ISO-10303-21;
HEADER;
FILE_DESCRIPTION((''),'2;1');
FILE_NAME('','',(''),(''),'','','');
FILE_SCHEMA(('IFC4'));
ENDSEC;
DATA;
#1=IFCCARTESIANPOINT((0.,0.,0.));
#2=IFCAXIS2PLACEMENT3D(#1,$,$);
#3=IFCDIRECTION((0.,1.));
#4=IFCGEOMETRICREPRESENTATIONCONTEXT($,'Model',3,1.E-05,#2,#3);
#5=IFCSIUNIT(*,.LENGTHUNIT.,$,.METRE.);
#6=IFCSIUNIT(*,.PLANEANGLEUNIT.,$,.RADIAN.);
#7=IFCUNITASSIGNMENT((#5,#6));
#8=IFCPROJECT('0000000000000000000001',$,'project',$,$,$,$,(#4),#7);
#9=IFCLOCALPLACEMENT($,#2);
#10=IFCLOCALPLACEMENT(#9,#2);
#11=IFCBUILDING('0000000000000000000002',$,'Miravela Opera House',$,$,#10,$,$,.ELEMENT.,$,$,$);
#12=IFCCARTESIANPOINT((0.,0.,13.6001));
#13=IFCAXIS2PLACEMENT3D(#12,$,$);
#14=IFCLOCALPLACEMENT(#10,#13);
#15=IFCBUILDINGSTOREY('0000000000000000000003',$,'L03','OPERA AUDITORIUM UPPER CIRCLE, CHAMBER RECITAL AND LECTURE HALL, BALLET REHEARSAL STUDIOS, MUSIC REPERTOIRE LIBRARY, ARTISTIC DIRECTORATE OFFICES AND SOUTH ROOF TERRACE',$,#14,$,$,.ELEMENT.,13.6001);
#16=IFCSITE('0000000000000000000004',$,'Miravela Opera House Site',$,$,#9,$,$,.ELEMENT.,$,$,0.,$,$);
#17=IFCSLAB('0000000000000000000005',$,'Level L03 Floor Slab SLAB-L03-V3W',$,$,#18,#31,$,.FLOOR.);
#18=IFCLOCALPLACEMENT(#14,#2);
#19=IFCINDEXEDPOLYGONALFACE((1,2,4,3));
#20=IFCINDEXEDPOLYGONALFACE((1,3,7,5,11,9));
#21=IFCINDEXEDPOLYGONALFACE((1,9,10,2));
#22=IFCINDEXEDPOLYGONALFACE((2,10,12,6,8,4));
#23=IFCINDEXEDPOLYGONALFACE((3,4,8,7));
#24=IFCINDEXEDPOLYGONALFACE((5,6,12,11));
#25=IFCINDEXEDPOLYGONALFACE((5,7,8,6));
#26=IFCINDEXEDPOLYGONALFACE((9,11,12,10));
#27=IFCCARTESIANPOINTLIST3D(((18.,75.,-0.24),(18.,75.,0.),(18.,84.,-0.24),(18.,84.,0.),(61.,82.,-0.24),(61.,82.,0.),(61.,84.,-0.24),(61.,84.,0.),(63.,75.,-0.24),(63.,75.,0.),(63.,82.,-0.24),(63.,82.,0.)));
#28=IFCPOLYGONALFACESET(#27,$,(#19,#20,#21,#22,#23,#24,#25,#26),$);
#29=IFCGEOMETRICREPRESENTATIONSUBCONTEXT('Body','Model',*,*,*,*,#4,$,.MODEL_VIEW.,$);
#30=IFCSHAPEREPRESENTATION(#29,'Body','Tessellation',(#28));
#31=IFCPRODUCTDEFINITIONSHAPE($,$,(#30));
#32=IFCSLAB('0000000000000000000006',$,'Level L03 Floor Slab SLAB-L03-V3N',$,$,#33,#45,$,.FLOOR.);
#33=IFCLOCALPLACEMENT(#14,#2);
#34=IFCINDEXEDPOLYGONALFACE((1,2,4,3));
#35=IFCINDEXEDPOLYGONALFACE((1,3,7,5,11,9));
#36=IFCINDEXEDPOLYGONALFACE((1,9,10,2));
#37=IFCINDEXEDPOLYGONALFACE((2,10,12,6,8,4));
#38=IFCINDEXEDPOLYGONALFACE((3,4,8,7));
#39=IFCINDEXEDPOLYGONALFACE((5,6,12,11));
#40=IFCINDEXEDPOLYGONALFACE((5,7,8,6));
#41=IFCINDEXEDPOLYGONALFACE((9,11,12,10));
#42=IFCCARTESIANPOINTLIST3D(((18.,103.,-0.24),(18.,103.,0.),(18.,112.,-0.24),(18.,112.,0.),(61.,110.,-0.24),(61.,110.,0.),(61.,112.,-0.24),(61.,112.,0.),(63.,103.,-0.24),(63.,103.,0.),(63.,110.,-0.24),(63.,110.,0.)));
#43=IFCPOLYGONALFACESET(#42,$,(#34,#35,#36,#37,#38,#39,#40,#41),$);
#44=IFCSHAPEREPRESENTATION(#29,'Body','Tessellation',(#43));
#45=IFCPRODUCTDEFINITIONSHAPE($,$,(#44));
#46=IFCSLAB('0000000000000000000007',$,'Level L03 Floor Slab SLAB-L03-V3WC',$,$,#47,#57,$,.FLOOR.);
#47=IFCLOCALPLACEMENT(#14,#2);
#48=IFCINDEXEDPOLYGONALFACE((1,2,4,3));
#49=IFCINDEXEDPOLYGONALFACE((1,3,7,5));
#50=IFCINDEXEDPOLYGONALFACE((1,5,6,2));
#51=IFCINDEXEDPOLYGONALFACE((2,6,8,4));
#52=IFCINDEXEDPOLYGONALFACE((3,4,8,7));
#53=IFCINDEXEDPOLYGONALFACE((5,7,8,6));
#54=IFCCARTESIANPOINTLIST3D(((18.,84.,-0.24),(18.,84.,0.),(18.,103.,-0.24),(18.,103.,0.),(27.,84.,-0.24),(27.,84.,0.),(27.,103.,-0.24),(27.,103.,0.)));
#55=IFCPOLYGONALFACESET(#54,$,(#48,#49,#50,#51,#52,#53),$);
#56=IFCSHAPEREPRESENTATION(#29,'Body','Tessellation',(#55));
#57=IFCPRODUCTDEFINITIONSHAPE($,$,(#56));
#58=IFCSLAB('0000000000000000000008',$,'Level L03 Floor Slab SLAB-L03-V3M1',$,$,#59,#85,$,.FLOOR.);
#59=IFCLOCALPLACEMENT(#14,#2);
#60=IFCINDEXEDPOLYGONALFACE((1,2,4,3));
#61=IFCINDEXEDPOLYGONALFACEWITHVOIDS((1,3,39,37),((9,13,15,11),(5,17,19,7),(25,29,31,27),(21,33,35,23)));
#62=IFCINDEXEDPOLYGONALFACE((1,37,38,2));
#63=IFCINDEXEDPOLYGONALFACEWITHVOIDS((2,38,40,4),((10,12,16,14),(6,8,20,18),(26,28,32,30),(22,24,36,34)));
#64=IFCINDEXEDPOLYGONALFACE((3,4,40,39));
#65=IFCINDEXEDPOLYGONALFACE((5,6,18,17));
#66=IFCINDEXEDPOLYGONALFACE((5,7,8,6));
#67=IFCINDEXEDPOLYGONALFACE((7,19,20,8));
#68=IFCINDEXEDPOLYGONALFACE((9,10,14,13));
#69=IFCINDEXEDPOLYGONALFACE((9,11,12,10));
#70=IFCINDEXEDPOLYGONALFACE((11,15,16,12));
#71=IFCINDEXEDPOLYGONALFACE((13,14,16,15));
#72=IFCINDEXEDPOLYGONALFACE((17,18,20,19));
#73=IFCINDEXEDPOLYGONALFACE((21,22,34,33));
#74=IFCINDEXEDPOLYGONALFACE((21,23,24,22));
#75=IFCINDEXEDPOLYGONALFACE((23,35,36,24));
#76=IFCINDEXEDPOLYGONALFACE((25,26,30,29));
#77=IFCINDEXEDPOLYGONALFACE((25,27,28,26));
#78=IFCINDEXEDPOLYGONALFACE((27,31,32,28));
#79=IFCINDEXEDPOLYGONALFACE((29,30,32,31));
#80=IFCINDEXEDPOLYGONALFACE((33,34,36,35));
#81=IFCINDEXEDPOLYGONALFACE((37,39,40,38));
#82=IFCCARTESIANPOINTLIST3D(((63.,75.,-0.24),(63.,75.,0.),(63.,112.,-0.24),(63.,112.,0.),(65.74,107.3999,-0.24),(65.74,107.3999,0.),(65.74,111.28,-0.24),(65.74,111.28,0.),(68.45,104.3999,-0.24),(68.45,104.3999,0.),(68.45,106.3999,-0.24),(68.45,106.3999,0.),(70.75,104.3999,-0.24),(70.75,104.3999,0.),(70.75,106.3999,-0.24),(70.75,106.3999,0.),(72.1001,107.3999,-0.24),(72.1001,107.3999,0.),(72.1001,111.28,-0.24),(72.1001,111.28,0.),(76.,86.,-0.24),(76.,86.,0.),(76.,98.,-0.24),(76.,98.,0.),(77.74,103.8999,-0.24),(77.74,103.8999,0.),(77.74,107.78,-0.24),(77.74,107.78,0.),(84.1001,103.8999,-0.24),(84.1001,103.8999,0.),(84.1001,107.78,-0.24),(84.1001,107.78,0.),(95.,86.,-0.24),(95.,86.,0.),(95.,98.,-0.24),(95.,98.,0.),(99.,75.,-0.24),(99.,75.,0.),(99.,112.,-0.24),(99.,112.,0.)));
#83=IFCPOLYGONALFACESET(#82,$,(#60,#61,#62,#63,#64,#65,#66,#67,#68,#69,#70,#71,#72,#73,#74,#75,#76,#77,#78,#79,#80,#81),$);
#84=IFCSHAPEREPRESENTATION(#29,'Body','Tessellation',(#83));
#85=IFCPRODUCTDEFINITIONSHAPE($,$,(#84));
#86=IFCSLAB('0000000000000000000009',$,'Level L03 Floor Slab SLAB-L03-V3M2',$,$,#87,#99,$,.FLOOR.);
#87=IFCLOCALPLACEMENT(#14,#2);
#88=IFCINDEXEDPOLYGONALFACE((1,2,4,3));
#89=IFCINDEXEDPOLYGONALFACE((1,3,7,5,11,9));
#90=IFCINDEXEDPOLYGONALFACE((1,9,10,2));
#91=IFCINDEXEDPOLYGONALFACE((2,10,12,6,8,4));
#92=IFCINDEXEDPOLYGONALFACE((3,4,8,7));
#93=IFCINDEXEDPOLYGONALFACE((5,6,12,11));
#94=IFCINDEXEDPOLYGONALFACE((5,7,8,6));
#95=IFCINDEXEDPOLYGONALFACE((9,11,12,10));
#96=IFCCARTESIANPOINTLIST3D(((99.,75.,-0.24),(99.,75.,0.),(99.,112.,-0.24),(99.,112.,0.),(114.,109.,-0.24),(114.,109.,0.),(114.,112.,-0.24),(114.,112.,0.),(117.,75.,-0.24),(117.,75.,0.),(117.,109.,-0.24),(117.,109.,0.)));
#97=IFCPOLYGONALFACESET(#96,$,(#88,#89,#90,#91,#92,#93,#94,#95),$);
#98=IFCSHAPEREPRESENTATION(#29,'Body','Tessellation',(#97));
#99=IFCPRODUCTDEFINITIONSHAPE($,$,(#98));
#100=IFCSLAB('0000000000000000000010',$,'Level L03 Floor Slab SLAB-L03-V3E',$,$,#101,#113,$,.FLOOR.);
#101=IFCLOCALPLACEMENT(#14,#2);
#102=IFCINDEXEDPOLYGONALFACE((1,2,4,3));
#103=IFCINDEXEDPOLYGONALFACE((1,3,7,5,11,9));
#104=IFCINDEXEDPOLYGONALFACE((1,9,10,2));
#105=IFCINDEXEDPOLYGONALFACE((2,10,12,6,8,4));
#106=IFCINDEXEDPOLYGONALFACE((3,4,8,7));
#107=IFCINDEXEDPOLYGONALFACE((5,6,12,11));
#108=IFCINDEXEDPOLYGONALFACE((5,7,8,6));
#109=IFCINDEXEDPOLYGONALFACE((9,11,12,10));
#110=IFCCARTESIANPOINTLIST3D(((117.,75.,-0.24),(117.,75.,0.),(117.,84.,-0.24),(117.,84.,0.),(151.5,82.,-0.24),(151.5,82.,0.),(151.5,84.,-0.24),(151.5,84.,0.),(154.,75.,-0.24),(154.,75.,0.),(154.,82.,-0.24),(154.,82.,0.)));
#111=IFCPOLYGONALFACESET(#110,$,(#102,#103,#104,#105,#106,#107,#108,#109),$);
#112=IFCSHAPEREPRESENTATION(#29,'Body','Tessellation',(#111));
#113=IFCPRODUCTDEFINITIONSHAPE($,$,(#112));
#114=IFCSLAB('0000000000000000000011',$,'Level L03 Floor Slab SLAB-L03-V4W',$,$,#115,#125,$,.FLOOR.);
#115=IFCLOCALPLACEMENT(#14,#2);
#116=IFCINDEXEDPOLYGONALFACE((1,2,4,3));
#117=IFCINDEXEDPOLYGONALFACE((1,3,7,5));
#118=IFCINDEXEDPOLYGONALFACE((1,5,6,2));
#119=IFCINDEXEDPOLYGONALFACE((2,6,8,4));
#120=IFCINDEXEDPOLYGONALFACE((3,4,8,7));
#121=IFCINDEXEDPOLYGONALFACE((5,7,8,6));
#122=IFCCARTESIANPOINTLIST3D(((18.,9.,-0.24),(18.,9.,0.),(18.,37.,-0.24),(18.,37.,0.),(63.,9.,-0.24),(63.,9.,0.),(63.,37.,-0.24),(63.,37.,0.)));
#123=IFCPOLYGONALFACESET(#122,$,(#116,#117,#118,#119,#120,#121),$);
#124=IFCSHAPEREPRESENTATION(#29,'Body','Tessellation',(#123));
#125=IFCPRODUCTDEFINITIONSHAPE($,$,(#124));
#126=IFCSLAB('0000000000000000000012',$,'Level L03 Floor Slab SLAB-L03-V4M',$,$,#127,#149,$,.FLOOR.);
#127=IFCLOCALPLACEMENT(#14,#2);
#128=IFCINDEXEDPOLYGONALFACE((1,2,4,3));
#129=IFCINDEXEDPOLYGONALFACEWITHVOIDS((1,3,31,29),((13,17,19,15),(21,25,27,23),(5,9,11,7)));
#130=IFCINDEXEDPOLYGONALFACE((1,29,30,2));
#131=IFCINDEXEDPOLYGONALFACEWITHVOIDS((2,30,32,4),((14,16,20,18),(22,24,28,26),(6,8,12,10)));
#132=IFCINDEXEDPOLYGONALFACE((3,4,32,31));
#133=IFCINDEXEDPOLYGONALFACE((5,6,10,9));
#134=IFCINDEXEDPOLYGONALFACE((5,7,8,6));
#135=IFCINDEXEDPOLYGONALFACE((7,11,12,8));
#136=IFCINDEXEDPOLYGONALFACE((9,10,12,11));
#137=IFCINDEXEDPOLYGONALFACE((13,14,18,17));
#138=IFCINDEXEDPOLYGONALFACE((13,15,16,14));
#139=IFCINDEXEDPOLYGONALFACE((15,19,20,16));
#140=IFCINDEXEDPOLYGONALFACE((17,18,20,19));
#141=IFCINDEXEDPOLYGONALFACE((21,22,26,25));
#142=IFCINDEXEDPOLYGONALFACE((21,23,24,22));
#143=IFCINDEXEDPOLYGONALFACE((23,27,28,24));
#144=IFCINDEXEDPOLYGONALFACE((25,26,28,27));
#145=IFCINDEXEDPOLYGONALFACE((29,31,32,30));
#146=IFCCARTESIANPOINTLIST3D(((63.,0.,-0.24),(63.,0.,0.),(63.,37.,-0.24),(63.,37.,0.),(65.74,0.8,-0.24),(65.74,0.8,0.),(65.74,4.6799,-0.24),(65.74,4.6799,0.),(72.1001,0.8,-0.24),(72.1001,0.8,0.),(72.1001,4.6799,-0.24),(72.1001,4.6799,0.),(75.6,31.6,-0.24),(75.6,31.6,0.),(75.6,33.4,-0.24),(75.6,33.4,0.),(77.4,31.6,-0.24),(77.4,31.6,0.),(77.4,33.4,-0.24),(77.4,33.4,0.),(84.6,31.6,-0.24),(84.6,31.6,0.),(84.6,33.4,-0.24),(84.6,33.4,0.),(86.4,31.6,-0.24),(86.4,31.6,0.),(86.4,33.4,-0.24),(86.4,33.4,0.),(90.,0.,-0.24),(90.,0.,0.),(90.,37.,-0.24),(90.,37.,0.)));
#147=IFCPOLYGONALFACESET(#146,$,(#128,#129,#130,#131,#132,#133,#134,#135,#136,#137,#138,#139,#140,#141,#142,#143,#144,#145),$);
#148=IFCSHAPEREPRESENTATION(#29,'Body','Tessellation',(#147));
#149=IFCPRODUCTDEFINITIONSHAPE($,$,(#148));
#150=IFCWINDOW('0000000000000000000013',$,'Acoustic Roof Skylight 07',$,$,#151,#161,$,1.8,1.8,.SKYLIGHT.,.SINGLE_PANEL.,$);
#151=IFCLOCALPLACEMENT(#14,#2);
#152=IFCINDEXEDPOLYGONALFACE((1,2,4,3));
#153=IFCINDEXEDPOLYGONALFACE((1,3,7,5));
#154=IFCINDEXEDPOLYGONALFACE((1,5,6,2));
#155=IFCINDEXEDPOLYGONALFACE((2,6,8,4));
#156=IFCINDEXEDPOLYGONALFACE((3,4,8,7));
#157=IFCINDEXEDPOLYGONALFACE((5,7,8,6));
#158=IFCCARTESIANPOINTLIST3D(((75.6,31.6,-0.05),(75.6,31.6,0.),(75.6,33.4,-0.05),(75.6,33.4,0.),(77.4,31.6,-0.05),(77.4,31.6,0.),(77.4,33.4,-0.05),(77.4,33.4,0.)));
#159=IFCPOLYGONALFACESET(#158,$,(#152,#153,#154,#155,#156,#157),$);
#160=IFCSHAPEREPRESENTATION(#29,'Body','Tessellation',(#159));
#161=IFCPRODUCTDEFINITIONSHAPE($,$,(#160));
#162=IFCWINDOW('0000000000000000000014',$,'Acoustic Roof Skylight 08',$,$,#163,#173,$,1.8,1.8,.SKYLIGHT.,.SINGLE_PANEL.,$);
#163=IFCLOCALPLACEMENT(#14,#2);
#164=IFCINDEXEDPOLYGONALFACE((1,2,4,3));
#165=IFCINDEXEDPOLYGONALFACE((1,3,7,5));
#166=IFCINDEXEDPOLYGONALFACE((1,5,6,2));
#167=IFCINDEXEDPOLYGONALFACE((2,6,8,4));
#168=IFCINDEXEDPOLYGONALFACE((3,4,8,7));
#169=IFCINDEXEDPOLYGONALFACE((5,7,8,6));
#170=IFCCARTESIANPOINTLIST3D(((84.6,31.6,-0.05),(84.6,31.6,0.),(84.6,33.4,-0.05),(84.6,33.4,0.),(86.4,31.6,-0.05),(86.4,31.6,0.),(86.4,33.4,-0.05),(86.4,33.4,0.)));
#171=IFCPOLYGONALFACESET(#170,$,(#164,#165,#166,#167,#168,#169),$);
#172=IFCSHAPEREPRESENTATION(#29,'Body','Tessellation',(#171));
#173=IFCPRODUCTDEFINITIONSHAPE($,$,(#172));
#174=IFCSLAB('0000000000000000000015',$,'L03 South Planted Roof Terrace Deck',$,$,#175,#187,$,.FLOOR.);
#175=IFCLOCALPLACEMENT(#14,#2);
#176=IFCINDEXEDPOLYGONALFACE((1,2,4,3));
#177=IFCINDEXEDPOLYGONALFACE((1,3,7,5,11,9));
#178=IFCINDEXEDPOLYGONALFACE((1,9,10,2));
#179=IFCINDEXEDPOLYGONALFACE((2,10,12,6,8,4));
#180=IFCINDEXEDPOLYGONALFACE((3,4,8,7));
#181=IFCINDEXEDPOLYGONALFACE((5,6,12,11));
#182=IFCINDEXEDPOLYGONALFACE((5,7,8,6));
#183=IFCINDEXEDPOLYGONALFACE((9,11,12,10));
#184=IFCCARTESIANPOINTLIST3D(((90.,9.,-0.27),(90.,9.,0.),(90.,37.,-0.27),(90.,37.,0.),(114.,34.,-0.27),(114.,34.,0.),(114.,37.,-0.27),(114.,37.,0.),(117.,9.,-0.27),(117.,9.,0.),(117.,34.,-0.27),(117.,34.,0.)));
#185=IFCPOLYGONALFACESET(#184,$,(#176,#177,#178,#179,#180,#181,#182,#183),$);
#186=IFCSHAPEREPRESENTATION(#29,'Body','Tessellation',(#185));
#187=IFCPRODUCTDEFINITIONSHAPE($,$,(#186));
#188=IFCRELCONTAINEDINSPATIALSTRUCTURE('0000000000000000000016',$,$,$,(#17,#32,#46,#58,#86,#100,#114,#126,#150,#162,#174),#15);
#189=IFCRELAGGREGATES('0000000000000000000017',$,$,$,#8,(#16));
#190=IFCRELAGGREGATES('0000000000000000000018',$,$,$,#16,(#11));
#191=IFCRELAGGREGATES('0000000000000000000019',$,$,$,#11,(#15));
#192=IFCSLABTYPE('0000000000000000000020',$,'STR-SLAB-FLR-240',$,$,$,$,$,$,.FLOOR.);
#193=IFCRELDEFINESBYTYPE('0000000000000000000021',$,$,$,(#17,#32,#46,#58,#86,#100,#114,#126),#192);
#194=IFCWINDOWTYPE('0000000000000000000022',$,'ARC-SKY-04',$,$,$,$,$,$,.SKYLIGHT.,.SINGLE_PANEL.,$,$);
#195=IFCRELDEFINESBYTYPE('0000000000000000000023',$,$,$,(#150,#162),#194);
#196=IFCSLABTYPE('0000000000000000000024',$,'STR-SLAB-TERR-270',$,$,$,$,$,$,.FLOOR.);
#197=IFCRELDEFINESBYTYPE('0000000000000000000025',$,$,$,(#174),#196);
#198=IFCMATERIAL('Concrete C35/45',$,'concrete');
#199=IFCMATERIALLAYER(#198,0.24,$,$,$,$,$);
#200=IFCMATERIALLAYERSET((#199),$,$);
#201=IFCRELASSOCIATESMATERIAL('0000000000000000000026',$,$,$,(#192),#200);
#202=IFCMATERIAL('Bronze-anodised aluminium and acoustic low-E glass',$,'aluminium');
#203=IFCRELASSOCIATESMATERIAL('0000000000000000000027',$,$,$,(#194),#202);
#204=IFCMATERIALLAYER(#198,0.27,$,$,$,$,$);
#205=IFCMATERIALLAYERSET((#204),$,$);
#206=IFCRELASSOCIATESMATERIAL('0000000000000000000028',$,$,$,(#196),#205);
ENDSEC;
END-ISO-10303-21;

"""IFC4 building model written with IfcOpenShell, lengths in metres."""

from ifc_helpers import new_model, si_unit, direction, frame, origin, origin_2d, place, context, subcontext, project, spatial, polyline, rectangle, outline, extrude, material, layer, layer_set, type_object, element, fill, save


model = new_model("IFC4")

# Units and contexts
model_context = context("Model", 3, precision=1e-05, world=origin(), true_north=direction((0.0, 1.0)))
body_context = subcontext(model_context, "Body", "Model", "MODEL_VIEW")
ifc_project = project(units=[si_unit("LENGTHUNIT", "METRE"), si_unit("PLANEANGLEUNIT", "RADIAN")], contexts=[model_context])

# Site, building, storey
site_placement = place(None, origin())
site = spatial("IfcSite", under=ifc_project, at=site_placement, Name="Miravela Opera House Site", CompositionType="ELEMENT", RefElevation=0.0)
building_placement = place(site_placement, origin())
building = spatial("IfcBuilding", under=site, at=building_placement, Name="Miravela Opera House", CompositionType="ELEMENT")
storey_placement = place(building_placement, frame((0.0, 0.0, 13.6001)))
storey = spatial("IfcBuildingStorey", under=building, at=storey_placement, Name="L03", Description="OPERA AUDITORIUM UPPER CIRCLE, CHAMBER RECITAL AND LECTURE HALL, BALLET REHEARSAL STUDIOS, MUSIC REPERTOIRE LIBRARY, ARTISTIC DIRECTORATE OFFICES AND SOUTH ROOF TERRACE", CompositionType="ELEMENT", Elevation=13.6001)

# Shared definitions
ifc_material_1 = material(Name="Concrete C35/45", Category="concrete")

# Slabs
ifc_layer_1 = layer(ifc_material_1, 0.24)
ifc_layer_set_1 = layer_set([ifc_layer_1])
slab_type_1 = type_object("IfcSlabType", Name="STR-SLAB-FLR-240", PredefinedType="FLOOR", material=ifc_layer_set_1)
slab_1_placement = place(storey_placement, frame((0.0, 0.0, -0.24)))
element("IfcSlab", 1, at=slab_1_placement, inside=storey, type_object=slab_type_1, Name="Level L03 Floor Slab SLAB-L03-V3W", PredefinedType="FLOOR", context=body_context, shape_type="SweptSolid", body=[
    extrude(outline(polyline([(18.0, 75.0), (63.0, 75.0), (63.0, 82.0), (61.0, 82.0), (61.0, 84.0), (18.0, 84.0), (18.0, 75.0)])), origin(), (0.0, 0.0, 1.0), 0.24),
])
slab_2_placement = place(storey_placement, frame((0.0, 0.0, -0.24)))
element("IfcSlab", 2, at=slab_2_placement, inside=storey, type_object=slab_type_1, Name="Level L03 Floor Slab SLAB-L03-V3N", PredefinedType="FLOOR", context=body_context, shape_type="SweptSolid", body=[
    extrude(outline(polyline([(18.0, 103.0), (63.0, 103.0), (63.0, 110.0), (61.0, 110.0), (61.0, 112.0), (18.0, 112.0), (18.0, 103.0)])), origin(), (0.0, 0.0, 1.0), 0.24),
])
slab_3_placement = place(storey_placement, frame((0.0, 0.0, -0.24)))
element("IfcSlab", 3, at=slab_3_placement, inside=storey, type_object=slab_type_1, Name="Level L03 Floor Slab SLAB-L03-V3WC", PredefinedType="FLOOR", context=body_context, shape_type="SweptSolid", body=[
    extrude(outline(polyline([(18.0, 84.0), (27.0, 84.0), (27.0, 103.0), (18.0, 103.0), (18.0, 84.0)])), origin(), (0.0, 0.0, 1.0), 0.24),
])
slab_4_placement = place(storey_placement, frame((0.0, 0.0, -0.24)))
element("IfcSlab", 4, at=slab_4_placement, inside=storey, type_object=slab_type_1, Name="Level L03 Floor Slab SLAB-L03-V3M1", PredefinedType="FLOOR", context=body_context, shape_type="SweptSolid", body=[
    extrude(outline(polyline([(63.0, 75.0), (99.0, 75.0), (99.0, 112.0), (63.0, 112.0), (63.0, 75.0)]), holes=[polyline([(65.74, 107.3999), (72.1001, 107.3999), (72.1001, 111.28), (65.74, 111.28), (65.74, 107.3999)]), polyline([(77.74, 103.8999), (84.1001, 103.8999), (84.1001, 107.78), (77.74, 107.78), (77.74, 103.8999)]), polyline([(68.45, 104.3999), (70.75, 104.3999), (70.75, 106.3999), (68.45, 106.3999), (68.45, 104.3999)]), polyline([(76.0, 86.0), (95.0, 86.0), (95.0, 98.0), (76.0, 98.0), (76.0, 86.0)])]), origin(), (0.0, 0.0, 1.0), 0.24),
])
slab_5_placement = place(storey_placement, frame((0.0, 0.0, -0.24)))
element("IfcSlab", 5, at=slab_5_placement, inside=storey, type_object=slab_type_1, Name="Level L03 Floor Slab SLAB-L03-V3M2", PredefinedType="FLOOR", context=body_context, shape_type="SweptSolid", body=[
    extrude(outline(polyline([(99.0, 75.0), (117.0, 75.0), (117.0, 109.0), (114.0, 109.0), (114.0, 112.0), (99.0, 112.0), (99.0, 75.0)])), origin(), (0.0, 0.0, 1.0), 0.24),
])
slab_6_placement = place(storey_placement, frame((0.0, 0.0, -0.24)))
element("IfcSlab", 6, at=slab_6_placement, inside=storey, type_object=slab_type_1, Name="Level L03 Floor Slab SLAB-L03-V3E", PredefinedType="FLOOR", context=body_context, shape_type="SweptSolid", body=[
    extrude(outline(polyline([(117.0, 75.0), (154.0, 75.0), (154.0, 82.0), (151.5, 82.0), (151.5, 84.0), (117.0, 84.0), (117.0, 75.0)])), origin(), (0.0, 0.0, 1.0), 0.24),
])
slab_7_placement = place(storey_placement, frame((0.0, 0.0, -0.24)))
element("IfcSlab", 7, at=slab_7_placement, inside=storey, type_object=slab_type_1, Name="Level L03 Floor Slab SLAB-L03-V4W", PredefinedType="FLOOR", context=body_context, shape_type="SweptSolid", body=[
    extrude(outline(polyline([(18.0, 9.0), (63.0, 9.0), (63.0, 37.0), (18.0, 37.0), (18.0, 9.0)])), origin(), (0.0, 0.0, 1.0), 0.24),
])

# Slab, openings, windows
slab_8_placement = place(storey_placement, frame((0.0, 0.0, -0.24)))
slab_8 = element("IfcSlab", 8, at=slab_8_placement, inside=storey, type_object=slab_type_1, Name="Level L03 Floor Slab SLAB-L03-V4M", PredefinedType="FLOOR", context=body_context, shape_type="SweptSolid", body=[
    extrude(outline(polyline([(63.0, 0.0), (90.0, 0.0), (90.0, 37.0), (63.0, 37.0), (63.0, 0.0)]), holes=[polyline([(65.74, 0.8), (72.1001, 0.8), (72.1001, 4.6799), (65.74, 4.6799), (65.74, 0.8)])]), origin(), (0.0, 0.0, 1.0), 0.24),
])
opening_1_placement = place(slab_8_placement, frame((76.5, 32.5, -0.01)))
opening_1 = element("IfcOpeningElement", 9, at=opening_1_placement, cuts=slab_8, PredefinedType="OPENING", context=body_context, shape_type="SweptSolid", body=[
    extrude(rectangle(XDim=1.8, YDim=1.8, at=origin_2d()), origin(), (0.0, 0.0, 1.0), 0.26),
])
opening_2_placement = place(slab_8_placement, frame((85.5, 32.5, -0.01)))
opening_2 = element("IfcOpeningElement", 10, at=opening_2_placement, cuts=slab_8, PredefinedType="OPENING", context=body_context, shape_type="SweptSolid", body=[
    extrude(rectangle(XDim=1.8, YDim=1.8, at=origin_2d()), origin(), (0.0, 0.0, 1.0), 0.26),
])
ifc_material_2 = material(Name="Bronze-anodised aluminium and acoustic low-E glass", Category="aluminium")
window_type = type_object("IfcWindowType", Name="ARC-SKY-04", PartitioningType="SINGLE_PANEL", PredefinedType="SKYLIGHT", material=ifc_material_2)
window_1_placement = place(slab_8_placement, frame((76.5, 32.5, 0.1899)))
window_1 = element("IfcWindow", 11, at=window_1_placement, inside=storey, type_object=window_type, Name="Acoustic Roof Skylight 07", OverallHeight=1.8, OverallWidth=1.8, PartitioningType="SINGLE_PANEL", PredefinedType="SKYLIGHT", context=body_context, shape_type="SweptSolid", body=[
    extrude(rectangle(XDim=1.8, YDim=1.8, at=origin_2d()), origin(), (0.0, 0.0, 1.0), 0.05),
])
fill(opening_1, window_1)
window_2_placement = place(slab_8_placement, frame((85.5, 32.5, 0.1899)))
window_2 = element("IfcWindow", 12, at=window_2_placement, inside=storey, type_object=window_type, Name="Acoustic Roof Skylight 08", OverallHeight=1.8, OverallWidth=1.8, PartitioningType="SINGLE_PANEL", PredefinedType="SKYLIGHT", context=body_context, shape_type="SweptSolid", body=[
    extrude(rectangle(XDim=1.8, YDim=1.8, at=origin_2d()), origin(), (0.0, 0.0, 1.0), 0.05),
])
fill(opening_2, window_2)

# Slab
ifc_layer_2 = layer(ifc_material_1, 0.27)
ifc_layer_set_2 = layer_set([ifc_layer_2])
slab_type_2 = type_object("IfcSlabType", Name="STR-SLAB-TERR-270", PredefinedType="FLOOR", material=ifc_layer_set_2)
slab_9_placement = place(storey_placement, frame((0.0, 0.0, -0.27)))
element("IfcSlab", 13, at=slab_9_placement, inside=storey, type_object=slab_type_2, Name="L03 South Planted Roof Terrace Deck", PredefinedType="FLOOR", context=body_context, shape_type="SweptSolid", body=[
    extrude(outline(polyline([(90.0, 9.0), (117.0, 9.0), (117.0, 34.0), (114.0, 34.0), (114.0, 37.0), (90.0, 37.0), (90.0, 9.0)])), origin(), (0.0, 0.0, 1.0), 0.27),
])

save(model, "model.ifc")
